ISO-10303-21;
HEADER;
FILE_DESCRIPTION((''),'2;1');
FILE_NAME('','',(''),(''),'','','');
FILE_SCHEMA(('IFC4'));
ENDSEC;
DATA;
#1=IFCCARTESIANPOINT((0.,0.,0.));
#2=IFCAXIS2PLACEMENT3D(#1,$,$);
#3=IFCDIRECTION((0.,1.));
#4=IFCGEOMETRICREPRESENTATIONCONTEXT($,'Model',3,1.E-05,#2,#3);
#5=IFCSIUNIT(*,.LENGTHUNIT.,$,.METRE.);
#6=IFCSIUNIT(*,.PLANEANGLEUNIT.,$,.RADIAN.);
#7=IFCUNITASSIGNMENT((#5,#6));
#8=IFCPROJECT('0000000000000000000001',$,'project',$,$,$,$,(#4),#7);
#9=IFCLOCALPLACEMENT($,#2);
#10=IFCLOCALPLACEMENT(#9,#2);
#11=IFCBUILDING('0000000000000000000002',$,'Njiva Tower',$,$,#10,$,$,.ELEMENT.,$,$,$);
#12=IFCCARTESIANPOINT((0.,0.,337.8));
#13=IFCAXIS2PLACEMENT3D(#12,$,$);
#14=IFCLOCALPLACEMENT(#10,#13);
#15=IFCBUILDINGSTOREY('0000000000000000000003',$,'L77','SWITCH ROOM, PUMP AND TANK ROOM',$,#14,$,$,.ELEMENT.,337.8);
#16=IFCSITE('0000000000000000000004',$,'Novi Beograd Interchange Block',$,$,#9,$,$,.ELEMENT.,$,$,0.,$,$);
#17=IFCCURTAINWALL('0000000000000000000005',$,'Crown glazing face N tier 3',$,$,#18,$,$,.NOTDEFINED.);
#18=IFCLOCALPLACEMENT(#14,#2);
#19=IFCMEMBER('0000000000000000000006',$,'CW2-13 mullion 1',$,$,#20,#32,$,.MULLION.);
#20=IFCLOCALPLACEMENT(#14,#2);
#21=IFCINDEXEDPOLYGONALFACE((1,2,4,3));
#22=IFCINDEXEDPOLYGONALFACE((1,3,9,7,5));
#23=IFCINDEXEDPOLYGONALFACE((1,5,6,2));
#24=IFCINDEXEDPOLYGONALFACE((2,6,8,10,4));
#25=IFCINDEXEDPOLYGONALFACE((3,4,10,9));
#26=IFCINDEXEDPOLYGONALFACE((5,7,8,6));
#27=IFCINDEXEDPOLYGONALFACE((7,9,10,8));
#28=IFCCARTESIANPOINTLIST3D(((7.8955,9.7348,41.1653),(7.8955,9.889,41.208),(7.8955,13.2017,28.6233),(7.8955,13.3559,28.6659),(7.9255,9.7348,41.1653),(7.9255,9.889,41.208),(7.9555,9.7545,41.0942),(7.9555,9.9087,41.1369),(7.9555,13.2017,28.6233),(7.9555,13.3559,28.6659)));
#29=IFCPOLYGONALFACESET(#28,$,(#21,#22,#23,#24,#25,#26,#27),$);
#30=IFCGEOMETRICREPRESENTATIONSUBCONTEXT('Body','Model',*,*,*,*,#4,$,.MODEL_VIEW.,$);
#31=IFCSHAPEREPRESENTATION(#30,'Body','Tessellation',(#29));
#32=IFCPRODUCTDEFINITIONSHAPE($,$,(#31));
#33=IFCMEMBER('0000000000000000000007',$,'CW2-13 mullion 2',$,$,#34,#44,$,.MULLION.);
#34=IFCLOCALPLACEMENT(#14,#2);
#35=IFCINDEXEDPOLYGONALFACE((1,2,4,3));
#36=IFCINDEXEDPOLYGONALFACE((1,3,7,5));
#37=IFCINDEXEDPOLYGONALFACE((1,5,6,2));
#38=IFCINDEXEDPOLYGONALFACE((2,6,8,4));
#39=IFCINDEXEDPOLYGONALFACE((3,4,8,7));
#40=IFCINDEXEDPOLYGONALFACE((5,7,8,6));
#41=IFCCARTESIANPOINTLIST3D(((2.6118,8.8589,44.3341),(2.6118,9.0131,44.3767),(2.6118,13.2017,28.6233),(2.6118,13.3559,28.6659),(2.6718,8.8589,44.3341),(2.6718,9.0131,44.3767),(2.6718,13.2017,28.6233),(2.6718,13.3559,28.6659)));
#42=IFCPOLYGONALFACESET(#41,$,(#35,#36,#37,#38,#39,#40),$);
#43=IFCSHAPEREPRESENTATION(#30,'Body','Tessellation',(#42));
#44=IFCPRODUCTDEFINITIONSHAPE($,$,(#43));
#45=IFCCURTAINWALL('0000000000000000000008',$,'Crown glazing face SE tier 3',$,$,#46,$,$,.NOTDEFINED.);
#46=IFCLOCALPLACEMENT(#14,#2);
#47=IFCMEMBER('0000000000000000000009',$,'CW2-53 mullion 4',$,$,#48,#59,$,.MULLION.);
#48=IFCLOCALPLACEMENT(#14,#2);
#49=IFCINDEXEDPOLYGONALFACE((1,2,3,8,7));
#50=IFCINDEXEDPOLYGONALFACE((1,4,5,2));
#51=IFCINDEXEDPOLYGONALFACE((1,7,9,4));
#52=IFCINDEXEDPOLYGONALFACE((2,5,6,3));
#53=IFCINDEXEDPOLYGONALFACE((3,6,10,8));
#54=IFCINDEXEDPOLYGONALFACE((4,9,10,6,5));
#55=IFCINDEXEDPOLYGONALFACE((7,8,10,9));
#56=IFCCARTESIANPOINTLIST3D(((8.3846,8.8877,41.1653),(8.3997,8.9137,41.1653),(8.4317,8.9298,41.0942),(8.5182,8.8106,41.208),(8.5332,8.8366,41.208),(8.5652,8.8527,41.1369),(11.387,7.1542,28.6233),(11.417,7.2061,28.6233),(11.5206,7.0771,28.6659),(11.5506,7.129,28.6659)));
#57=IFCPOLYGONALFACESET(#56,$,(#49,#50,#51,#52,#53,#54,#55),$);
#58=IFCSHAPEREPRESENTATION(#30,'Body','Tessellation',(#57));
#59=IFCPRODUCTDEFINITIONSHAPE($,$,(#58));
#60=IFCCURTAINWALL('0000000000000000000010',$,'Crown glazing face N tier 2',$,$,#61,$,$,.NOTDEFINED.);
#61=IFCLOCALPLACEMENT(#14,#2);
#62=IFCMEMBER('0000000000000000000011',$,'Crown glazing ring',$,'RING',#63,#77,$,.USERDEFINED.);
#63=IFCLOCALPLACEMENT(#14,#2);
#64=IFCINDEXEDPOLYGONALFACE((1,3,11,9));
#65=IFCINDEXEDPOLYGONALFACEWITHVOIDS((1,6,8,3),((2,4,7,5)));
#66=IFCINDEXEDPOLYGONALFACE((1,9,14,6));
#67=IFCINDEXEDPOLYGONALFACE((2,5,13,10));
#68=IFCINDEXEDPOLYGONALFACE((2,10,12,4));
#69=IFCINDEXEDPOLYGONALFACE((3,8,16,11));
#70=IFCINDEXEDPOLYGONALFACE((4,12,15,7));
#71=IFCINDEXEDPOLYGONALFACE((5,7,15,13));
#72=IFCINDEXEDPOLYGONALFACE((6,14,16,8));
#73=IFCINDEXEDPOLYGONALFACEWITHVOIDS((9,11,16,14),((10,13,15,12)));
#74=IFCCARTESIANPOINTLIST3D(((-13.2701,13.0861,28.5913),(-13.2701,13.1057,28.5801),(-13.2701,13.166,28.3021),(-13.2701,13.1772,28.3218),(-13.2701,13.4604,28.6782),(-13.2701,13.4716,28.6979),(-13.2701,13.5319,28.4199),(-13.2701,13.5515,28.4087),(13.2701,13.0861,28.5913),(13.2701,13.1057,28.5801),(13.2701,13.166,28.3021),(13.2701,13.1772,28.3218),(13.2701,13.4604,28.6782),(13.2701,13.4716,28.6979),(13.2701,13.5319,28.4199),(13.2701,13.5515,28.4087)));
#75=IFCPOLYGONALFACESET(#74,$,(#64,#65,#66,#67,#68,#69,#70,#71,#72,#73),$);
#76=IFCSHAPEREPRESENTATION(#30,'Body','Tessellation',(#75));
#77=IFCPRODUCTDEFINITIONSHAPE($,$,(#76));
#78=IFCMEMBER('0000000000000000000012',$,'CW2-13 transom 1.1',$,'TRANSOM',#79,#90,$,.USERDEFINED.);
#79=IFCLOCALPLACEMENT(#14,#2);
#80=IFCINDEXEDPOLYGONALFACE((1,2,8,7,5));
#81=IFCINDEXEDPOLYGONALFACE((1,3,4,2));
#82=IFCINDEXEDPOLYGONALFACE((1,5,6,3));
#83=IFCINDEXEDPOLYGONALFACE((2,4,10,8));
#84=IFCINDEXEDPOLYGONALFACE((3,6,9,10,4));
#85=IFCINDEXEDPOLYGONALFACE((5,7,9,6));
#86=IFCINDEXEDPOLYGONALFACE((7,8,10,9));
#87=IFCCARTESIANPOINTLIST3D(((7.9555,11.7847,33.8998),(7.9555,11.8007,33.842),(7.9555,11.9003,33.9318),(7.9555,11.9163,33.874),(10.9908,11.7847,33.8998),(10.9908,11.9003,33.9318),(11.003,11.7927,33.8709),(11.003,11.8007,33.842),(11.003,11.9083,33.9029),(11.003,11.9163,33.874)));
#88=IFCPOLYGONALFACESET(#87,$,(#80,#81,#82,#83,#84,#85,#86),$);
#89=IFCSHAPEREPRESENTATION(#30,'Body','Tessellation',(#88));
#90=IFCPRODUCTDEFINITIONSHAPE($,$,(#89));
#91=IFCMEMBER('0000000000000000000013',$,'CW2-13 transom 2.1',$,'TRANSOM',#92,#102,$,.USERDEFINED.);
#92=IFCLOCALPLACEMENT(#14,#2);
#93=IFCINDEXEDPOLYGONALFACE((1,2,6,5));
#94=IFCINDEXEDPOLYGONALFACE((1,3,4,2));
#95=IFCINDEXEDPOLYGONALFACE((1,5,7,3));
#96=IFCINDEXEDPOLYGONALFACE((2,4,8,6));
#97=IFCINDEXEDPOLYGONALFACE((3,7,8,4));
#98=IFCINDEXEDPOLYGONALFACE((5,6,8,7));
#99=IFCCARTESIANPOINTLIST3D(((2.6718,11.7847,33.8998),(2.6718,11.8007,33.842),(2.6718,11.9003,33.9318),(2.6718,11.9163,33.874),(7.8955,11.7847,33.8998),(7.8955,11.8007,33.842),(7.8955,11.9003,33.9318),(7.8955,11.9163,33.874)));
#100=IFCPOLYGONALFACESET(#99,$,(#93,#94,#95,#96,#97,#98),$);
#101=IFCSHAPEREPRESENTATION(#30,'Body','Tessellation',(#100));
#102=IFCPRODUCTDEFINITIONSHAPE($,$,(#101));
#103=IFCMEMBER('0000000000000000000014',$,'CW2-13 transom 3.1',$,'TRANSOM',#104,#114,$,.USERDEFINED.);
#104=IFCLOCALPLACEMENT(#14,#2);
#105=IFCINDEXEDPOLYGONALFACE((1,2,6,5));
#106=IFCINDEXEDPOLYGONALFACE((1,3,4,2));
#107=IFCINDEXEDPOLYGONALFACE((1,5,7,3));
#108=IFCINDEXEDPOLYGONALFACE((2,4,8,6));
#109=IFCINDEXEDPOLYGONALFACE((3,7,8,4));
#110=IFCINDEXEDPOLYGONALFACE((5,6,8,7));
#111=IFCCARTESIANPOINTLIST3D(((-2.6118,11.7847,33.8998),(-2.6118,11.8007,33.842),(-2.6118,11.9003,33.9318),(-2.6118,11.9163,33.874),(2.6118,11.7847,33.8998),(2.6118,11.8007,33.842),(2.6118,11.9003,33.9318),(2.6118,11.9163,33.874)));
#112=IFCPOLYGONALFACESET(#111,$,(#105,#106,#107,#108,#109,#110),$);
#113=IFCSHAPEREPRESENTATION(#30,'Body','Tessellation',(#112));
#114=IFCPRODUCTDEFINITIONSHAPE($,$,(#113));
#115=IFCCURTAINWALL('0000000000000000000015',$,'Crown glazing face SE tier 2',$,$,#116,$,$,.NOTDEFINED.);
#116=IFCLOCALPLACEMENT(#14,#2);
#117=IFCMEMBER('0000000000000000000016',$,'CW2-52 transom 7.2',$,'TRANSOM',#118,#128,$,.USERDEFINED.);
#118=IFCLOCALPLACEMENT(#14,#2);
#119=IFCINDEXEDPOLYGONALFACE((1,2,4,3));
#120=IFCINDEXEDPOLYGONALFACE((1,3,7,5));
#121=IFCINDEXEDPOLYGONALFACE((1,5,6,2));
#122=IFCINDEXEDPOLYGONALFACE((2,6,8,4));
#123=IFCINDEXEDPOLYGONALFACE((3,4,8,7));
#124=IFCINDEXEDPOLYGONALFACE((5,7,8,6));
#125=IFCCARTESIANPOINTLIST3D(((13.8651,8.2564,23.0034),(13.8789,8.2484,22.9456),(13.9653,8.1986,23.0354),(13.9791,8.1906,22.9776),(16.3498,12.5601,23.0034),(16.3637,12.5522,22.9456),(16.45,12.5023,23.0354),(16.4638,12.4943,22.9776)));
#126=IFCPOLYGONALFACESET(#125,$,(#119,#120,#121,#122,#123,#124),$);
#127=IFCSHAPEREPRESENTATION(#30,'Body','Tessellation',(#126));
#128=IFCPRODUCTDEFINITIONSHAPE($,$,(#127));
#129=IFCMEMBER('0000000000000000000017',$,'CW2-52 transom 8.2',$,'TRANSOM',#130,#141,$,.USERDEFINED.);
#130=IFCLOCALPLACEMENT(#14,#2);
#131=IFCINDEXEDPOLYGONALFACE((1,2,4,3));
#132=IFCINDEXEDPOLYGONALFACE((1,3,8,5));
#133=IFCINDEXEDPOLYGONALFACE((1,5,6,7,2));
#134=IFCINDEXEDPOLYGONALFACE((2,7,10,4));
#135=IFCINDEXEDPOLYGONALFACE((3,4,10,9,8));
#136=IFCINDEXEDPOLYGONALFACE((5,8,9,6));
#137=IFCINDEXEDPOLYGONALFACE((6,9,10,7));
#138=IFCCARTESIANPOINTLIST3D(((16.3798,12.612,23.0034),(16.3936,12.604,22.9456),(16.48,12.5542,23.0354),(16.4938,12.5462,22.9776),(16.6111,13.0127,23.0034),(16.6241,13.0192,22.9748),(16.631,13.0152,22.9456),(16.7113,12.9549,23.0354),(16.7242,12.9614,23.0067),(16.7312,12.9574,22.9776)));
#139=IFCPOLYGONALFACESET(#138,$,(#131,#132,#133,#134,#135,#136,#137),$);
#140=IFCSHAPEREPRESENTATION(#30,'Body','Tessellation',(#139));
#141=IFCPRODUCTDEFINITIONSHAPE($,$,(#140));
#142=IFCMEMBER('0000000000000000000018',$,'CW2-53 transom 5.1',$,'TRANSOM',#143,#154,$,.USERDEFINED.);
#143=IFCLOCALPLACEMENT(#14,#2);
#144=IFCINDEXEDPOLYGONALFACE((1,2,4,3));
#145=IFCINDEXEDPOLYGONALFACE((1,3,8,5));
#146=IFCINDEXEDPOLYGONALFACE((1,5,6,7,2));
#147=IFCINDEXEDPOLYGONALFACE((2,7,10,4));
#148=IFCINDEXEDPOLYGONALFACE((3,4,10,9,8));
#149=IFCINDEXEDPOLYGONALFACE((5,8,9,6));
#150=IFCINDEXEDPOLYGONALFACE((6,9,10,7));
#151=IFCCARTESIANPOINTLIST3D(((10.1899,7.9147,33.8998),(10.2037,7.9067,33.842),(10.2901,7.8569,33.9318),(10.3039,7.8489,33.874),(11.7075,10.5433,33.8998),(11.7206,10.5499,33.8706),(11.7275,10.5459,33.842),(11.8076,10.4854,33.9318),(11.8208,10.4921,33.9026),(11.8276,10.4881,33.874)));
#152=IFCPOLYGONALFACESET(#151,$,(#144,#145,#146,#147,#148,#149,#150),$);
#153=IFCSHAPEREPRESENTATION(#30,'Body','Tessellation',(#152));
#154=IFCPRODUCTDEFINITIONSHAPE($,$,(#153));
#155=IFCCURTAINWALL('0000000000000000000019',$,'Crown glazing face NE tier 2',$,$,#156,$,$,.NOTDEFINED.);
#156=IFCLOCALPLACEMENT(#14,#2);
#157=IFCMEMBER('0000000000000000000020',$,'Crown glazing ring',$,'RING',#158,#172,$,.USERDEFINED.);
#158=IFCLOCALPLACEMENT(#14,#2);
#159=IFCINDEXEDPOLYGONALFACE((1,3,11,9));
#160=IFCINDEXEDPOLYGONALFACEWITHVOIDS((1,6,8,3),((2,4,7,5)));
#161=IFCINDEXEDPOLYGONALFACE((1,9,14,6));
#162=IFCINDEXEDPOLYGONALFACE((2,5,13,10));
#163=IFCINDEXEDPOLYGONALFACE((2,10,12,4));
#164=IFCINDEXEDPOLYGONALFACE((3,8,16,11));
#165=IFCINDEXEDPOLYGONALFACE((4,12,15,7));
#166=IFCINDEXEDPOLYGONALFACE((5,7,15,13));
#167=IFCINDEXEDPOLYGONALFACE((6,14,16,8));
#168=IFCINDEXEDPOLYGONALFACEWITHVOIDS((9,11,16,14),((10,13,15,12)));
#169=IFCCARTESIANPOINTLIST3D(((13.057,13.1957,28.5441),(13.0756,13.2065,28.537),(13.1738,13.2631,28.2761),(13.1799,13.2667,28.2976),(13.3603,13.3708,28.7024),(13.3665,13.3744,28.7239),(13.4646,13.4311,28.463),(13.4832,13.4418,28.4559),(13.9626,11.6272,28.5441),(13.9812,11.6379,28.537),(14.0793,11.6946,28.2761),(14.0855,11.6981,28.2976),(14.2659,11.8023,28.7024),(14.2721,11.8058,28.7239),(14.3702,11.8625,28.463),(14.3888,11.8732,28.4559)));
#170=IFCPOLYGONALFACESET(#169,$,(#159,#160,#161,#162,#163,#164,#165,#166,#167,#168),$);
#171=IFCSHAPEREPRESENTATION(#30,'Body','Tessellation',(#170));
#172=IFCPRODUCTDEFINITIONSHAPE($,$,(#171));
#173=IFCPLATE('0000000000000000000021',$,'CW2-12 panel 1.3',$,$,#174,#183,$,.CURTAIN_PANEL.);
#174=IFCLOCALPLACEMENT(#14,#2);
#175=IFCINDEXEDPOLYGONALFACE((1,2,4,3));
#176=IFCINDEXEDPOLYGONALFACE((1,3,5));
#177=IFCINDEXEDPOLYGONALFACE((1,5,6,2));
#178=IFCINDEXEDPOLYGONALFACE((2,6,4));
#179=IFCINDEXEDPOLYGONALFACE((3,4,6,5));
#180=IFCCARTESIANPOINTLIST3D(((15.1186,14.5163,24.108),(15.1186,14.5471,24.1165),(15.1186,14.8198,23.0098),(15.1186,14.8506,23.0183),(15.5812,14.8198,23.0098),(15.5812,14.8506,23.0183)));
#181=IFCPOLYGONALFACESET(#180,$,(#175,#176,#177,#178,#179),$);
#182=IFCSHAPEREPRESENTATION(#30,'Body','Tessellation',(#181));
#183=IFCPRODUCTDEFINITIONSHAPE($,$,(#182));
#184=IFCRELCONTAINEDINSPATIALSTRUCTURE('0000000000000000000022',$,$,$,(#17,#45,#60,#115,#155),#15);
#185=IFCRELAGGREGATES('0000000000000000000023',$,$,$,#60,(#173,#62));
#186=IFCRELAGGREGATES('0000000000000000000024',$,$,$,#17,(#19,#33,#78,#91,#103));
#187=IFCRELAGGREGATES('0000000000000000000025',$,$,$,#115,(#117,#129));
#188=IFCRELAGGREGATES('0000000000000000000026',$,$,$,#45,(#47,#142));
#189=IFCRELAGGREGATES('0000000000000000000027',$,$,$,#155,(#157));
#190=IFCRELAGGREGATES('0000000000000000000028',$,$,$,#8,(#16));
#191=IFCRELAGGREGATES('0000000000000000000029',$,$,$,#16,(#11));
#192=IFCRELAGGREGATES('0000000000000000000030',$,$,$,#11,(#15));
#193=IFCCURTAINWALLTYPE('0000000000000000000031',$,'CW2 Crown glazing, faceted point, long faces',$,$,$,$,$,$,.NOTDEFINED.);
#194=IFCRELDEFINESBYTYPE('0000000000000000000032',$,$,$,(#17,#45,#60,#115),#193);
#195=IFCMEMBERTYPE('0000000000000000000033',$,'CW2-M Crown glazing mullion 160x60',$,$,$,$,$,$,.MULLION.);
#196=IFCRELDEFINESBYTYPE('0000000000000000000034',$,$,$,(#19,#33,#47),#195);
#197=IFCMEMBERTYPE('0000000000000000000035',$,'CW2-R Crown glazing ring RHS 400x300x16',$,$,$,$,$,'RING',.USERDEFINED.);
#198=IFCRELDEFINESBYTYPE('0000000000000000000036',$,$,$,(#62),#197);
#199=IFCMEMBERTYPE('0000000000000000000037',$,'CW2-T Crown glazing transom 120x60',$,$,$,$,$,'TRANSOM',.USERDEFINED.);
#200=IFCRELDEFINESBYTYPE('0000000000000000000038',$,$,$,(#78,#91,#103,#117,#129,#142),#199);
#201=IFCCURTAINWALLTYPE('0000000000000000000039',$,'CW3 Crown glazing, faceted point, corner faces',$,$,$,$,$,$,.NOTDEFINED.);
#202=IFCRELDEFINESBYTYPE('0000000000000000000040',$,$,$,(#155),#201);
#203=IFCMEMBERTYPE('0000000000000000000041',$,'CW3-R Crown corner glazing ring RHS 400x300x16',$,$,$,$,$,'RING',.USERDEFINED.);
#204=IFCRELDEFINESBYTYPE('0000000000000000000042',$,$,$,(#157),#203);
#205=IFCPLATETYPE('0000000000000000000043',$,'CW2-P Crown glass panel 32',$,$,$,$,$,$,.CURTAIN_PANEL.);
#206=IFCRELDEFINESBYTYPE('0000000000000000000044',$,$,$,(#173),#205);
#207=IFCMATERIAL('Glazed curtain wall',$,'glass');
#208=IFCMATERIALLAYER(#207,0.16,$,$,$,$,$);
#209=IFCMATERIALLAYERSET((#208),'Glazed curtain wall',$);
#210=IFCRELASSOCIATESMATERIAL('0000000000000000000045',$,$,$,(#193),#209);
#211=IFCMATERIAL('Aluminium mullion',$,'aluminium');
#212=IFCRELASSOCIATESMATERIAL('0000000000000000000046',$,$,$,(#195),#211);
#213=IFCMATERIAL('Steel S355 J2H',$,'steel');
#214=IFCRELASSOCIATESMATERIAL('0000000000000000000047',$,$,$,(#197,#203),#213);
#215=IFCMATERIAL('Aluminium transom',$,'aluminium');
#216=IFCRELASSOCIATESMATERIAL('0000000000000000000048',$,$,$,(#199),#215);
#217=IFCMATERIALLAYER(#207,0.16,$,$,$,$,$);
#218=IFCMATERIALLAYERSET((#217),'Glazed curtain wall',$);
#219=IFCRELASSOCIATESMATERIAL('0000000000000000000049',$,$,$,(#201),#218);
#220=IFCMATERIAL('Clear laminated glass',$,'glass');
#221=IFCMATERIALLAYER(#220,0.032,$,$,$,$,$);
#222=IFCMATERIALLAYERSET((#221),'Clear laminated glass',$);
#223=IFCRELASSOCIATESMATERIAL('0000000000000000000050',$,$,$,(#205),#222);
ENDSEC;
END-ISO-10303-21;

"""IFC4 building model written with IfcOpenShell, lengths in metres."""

from ifc_helpers import new_model, si_unit, direction, frame, origin, origin_2d, place, context, subcontext, project, spatial, polyline, rectangle, hollow_rectangle, outline, extrude, clip, halfspace, material, layer, layer_set, material_profile, profile_set, type_object, element, aggregate, save


model = new_model("IFC4")

# Units and contexts
model_context = context("Model", 3, precision=1e-05, world=origin(), true_north=direction((0.0, 1.0)))
body_context = subcontext(model_context, "Body", "Model", "MODEL_VIEW")
ifc_project = project(units=[si_unit("LENGTHUNIT", "METRE"), si_unit("PLANEANGLEUNIT", "RADIAN")], contexts=[model_context])

# Site, building, storey
site_placement = place(None, origin())
site = spatial("IfcSite", under=ifc_project, at=site_placement, Name="Novi Beograd Interchange Block", CompositionType="ELEMENT", RefElevation=0.0)
building_placement = place(site_placement, origin())
building = spatial("IfcBuilding", under=site, at=building_placement, Name="Njiva Tower", CompositionType="ELEMENT")
storey_placement = place(building_placement, frame((0.0, 0.0, 337.8)))
storey = spatial("IfcBuildingStorey", under=building, at=storey_placement, Name="L77", Description="SWITCH ROOM, PUMP AND TANK ROOM", CompositionType="ELEMENT", Elevation=337.8)

# Curtain wall, members
ifc_material_1 = material(Name="Glazed curtain wall", Category="glass")
ifc_layer_1 = layer(ifc_material_1, 0.16)
ifc_layer_set_1 = layer_set([ifc_layer_1], Name="Glazed curtain wall")
curtain_wall_type_1 = type_object("IfcCurtainWallType", Name="CW2 Crown glazing, faceted point, long faces", PredefinedType="NOTDEFINED", material=ifc_layer_set_1)
curtain_wall_1_placement = place(storey_placement, origin())
curtain_wall_1 = element("IfcCurtainWall", 1, at=curtain_wall_1_placement, inside=storey, type_object=curtain_wall_type_1, Name="Crown glazing face N tier 3", PredefinedType="NOTDEFINED")
ifc_material_2 = material(Name="Aluminium mullion", Category="aluminium")
ifc_material_profile_1 = material_profile(ifc_material_2, rectangle(XDim=0.16, YDim=0.06, at=origin_2d()), Name="RECT 160x60")
ifc_profile_set_1 = profile_set([ifc_material_profile_1], Name="Aluminium mullion")
member_type_1 = type_object("IfcMemberType", Name="CW2-M Crown glazing mullion 160x60", PredefinedType="MULLION", material=ifc_profile_set_1)
member_1_placement = place(storey_placement, frame((7.9255, 13.2788, 28.6446), z_axis=(0.0, -0.26643, 0.963854), x_axis=(0.0, 0.963854, 0.26643)))
member_1 = element("IfcMember", 2, at=member_1_placement, type_object=member_type_1, Name="CW2-13 mullion 1", PredefinedType="MULLION", context=body_context, shape_type="Clipping", body=[
    clip(clip(extrude(rectangle(XDim=0.16, YDim=0.06, at=origin_2d()), origin(), (0.0, 0.0, 1.0), 13.0124), halfspace(frame((0.08, 0.0, 0.0), z_axis=(-0.000001, 0.0, -1.0), x_axis=(0.0, -1.0, 0.0)), False)), halfspace(frame((0.08, 0.0, 13.0125), z_axis=(0.0, -0.926532, 0.376215), x_axis=(0.0, 0.376215, 0.926532)), False)),
])
member_2_placement = place(storey_placement, frame((2.6418, 13.2788, 28.6446), z_axis=(0.0, -0.26643, 0.963854), x_axis=(0.0, 0.963854, 0.26643)))
member_2 = element("IfcMember", 3, at=member_2_placement, type_object=member_type_1, Name="CW2-13 mullion 2", PredefinedType="MULLION", context=body_context, shape_type="Clipping", body=[
    clip(clip(extrude(rectangle(XDim=0.16, YDim=0.06, at=origin_2d()), origin(), (0.0, 0.0, 1.0), 16.3), halfspace(frame((0.08, 0.0, 0.0), z_axis=(-0.000001, 0.0, -1.0), x_axis=(0.0, -1.0, 0.0)), False)), halfspace(frame((0.08, 0.0, 16.3), z_axis=(0.000001, 0.0, 1.0), x_axis=(0.0, 1.0, 0.0)), False)),
])

# Curtain walls, members
curtain_wall_2_placement = place(storey_placement, origin())
curtain_wall_2 = element("IfcCurtainWall", 4, at=curtain_wall_2_placement, inside=storey, type_object=curtain_wall_type_1, Name="Crown glazing face SE tier 3", PredefinedType="NOTDEFINED")
member_3_placement = place(storey_placement, frame((11.4688, 7.1416, 28.6446), z_axis=(-0.230733, 0.133219, 0.963854), x_axis=(0.834715, -0.48194, 0.26643)))
member_3 = element("IfcMember", 5, at=member_3_placement, type_object=member_type_1, Name="CW2-53 mullion 4", PredefinedType="MULLION", context=body_context, shape_type="Clipping", body=[
    clip(clip(extrude(rectangle(XDim=0.16, YDim=0.06, at=origin_2d()), origin(), (0.0, 0.0, 1.0), 13.0124), halfspace(frame((0.08, 0.0, 0.0), z_axis=(-0.000002, 0.000004, -1.0), x_axis=(0.0, -1.0, -0.000004)), False)), halfspace(frame((0.08, 0.0, 13.0125), z_axis=(-0.000014, 0.926531, 0.376219), x_axis=(0.0, 0.376219, -0.926531)), False)),
])
curtain_wall_3_placement = place(storey_placement, origin())
curtain_wall_3 = element("IfcCurtainWall", 6, at=curtain_wall_3_placement, inside=storey, type_object=curtain_wall_type_1, Name="Crown glazing face N tier 2", PredefinedType="NOTDEFINED")
ifc_material_3 = material(Name="Steel S355 J2H", Category="steel")
ifc_material_profile_2 = material_profile(ifc_material_3, hollow_rectangle(XDim=0.3, YDim=0.4, WallThickness=0.016, at=origin_2d()), Name="BOX 400x300x16")
ifc_profile_set_2 = profile_set([ifc_material_profile_2], Name="Steel S355 J2H")
member_type_2 = type_object("IfcMemberType", Name="CW2-R Crown glazing ring RHS 400x300x16", ElementType="RING", PredefinedType="USERDEFINED", material=ifc_profile_set_2)
member_4_placement = place(storey_placement, frame((13.2701, 13.3188, 28.5), z_axis=(-1.0, 0.0, 0.0), x_axis=(0.0, -0.266428, 0.963855)))
member_4 = element("IfcMember", 7, at=member_4_placement, type_object=member_type_2, Name="Crown glazing ring", ObjectType="RING", PredefinedType="USERDEFINED", context=body_context, shape_type="SweptSolid", body=[
    extrude(hollow_rectangle(XDim=0.3, YDim=0.4, WallThickness=0.016, at=origin_2d()), origin(), (0.0, 0.0, 1.0), 26.5402),
])

# Members
ifc_material_4 = material(Name="Aluminium transom", Category="aluminium")
ifc_material_profile_3 = material_profile(ifc_material_4, rectangle(XDim=0.12, YDim=0.06, at=origin_2d()), Name="RECT 120x60")
ifc_profile_set_3 = profile_set([ifc_material_profile_3], Name="Aluminium transom")
member_type_3 = type_object("IfcMemberType", Name="CW2-T Crown glazing transom 120x60", ElementType="TRANSOM", PredefinedType="USERDEFINED", material=ifc_profile_set_3)
member_5_placement = place(storey_placement, frame((11.003, 11.8505, 33.8869), z_axis=(-1.0, 0.0, 0.0), x_axis=(0.0, 0.963855, 0.266428)))
member_5 = element("IfcMember", 8, at=member_5_placement, type_object=member_type_3, Name="CW2-13 transom 1.1", ObjectType="TRANSOM", PredefinedType="USERDEFINED", context=body_context, shape_type="Clipping", body=[
    clip(extrude(rectangle(XDim=0.12, YDim=0.06, at=origin_2d()), origin(), (0.0, 0.0, 1.0), 3.0475), halfspace(frame((0.06, 0.0, 0.0), z_axis=(0.0, -0.376215, -0.926532), x_axis=(0.0, -0.926532, 0.376215)), False)),
])
member_6_placement = place(storey_placement, frame((7.8955, 11.8505, 33.8869), z_axis=(-1.0, 0.0, 0.0), x_axis=(0.0, 0.963855, 0.266428)))
member_6 = element("IfcMember", 9, at=member_6_placement, type_object=member_type_3, Name="CW2-13 transom 2.1", ObjectType="TRANSOM", PredefinedType="USERDEFINED", context=body_context, shape_type="SweptSolid", body=[
    extrude(rectangle(XDim=0.12, YDim=0.06, at=origin_2d()), origin(), (0.0, 0.0, 1.0), 5.2237),
])
member_7_placement = place(storey_placement, frame((2.6118, 11.8505, 33.8869), z_axis=(-1.0, 0.0, 0.0), x_axis=(0.0, 0.963855, 0.266428)))
member_7 = element("IfcMember", 10, at=member_7_placement, type_object=member_type_3, Name="CW2-13 transom 3.1", ObjectType="TRANSOM", PredefinedType="USERDEFINED", context=body_context, shape_type="SweptSolid", body=[
    extrude(rectangle(XDim=0.12, YDim=0.06, at=origin_2d()), origin(), (0.0, 0.0, 1.0), 5.2236),
])

# Curtain wall, members
curtain_wall_4_placement = place(storey_placement, origin())
curtain_wall_4 = element("IfcCurtainWall", 11, at=curtain_wall_4_placement, inside=storey, type_object=curtain_wall_type_1, Name="Crown glazing face SE tier 2", PredefinedType="NOTDEFINED")
member_8_placement = place(storey_placement, frame((13.9221, 8.2235, 22.9905), z_axis=(0.499994, 0.866029, 0.0), x_axis=(0.834726, -0.481921, 0.266428)))
member_8 = element("IfcMember", 12, at=member_8_placement, type_object=member_type_3, Name="CW2-52 transom 7.2", ObjectType="TRANSOM", PredefinedType="USERDEFINED", context=body_context, shape_type="SweptSolid", body=[
    extrude(rectangle(XDim=0.12, YDim=0.06, at=origin_2d()), origin(), (0.0, 0.0, 1.0), 4.9695),
])
member_9_placement = place(storey_placement, frame((16.4368, 12.5791, 22.9905), z_axis=(0.49999, 0.866031, 0.0), x_axis=(0.834728, -0.481918, 0.266428)))
member_9 = element("IfcMember", 13, at=member_9_placement, type_object=member_type_3, Name="CW2-52 transom 8.2", ObjectType="TRANSOM", PredefinedType="USERDEFINED", context=body_context, shape_type="Clipping", body=[
    clip(extrude(rectangle(XDim=0.12, YDim=0.06, at=origin_2d()), origin(), (0.0, 0.0, 1.0), 0.4748), halfspace(frame((0.06, 0.0, 0.4749), z_axis=(0.00001, -0.376212, 0.926534), x_axis=(0.0, 0.926534, 0.376212)), False)),
])

# Member
member_10_placement = place(storey_placement, frame((10.2469, 7.8818, 33.8869), z_axis=(0.499989, 0.866031, 0.0), x_axis=(0.834729, -0.481917, 0.266428)))
member_10 = element("IfcMember", 14, at=member_10_placement, type_object=member_type_3, Name="CW2-53 transom 5.1", ObjectType="TRANSOM", PredefinedType="USERDEFINED", context=body_context, shape_type="Clipping", body=[
    clip(extrude(rectangle(XDim=0.12, YDim=0.06, at=origin_2d()), origin(), (0.0, 0.0, 1.0), 3.0475), halfspace(frame((0.06, 0.0001, 3.0474), z_axis=(0.000011, -0.376212, 0.926534), x_axis=(0.0, 0.926534, 0.376212)), False)),
])

# Curtain wall, member
ifc_layer_2 = layer(ifc_material_1, 0.16)
ifc_layer_set_2 = layer_set([ifc_layer_2], Name="Glazed curtain wall")
curtain_wall_type_2 = type_object("IfcCurtainWallType", Name="CW3 Crown glazing, faceted point, corner faces", PredefinedType="NOTDEFINED", material=ifc_layer_set_2)
curtain_wall_5_placement = place(storey_placement, origin())
curtain_wall_5 = element("IfcCurtainWall", 15, at=curtain_wall_5_placement, inside=storey, type_object=curtain_wall_type_2, Name="Crown glazing face NE tier 2", PredefinedType="NOTDEFINED")
ifc_material_profile_4 = material_profile(ifc_material_3, hollow_rectangle(XDim=0.3, YDim=0.4, WallThickness=0.016, at=origin_2d()), Name="BOX 400x300x16")
ifc_profile_set_4 = profile_set([ifc_material_profile_4], Name="Steel S355 J2H")
member_type_4 = type_object("IfcMemberType", Name="CW3-R Crown corner glazing ring RHS 400x300x16", ElementType="RING", PredefinedType="USERDEFINED", material=ifc_profile_set_4)
member_11_placement = place(storey_placement, frame((14.1757, 11.7502, 28.5), z_axis=(-0.499987, 0.866033, 0.0), x_axis=(-0.389184, -0.224688, 0.893337)))
member_11 = element("IfcMember", 16, at=member_11_placement, type_object=member_type_4, Name="Crown glazing ring", ObjectType="RING", PredefinedType="USERDEFINED", context=body_context, shape_type="SweptSolid", body=[
    extrude(hollow_rectangle(XDim=0.3, YDim=0.4, WallThickness=0.016, at=origin_2d()), origin(), (0.0, 0.0, 1.0), 1.8112),
])

# Plate
ifc_material_5 = material(Name="Clear laminated glass", Category="glass")
ifc_layer_3 = layer(ifc_material_5, 0.032)
ifc_layer_set_3 = layer_set([ifc_layer_3], Name="Clear laminated glass")
plate_type_1 = type_object("IfcPlateType", Name="CW2-P Crown glass panel 32", PredefinedType="CURTAIN_PANEL", material=ifc_layer_set_3)
plate_1_placement = place(storey_placement, frame((15.5812, 14.8506, 23.0183), z_axis=(0.0, 0.963869, 0.266376), x_axis=(-1.0, 0.0, 0.0)))
plate_1 = element("IfcPlate", 17, at=plate_1_placement, type_object=plate_type_1, Name="CW2-12 panel 1.3", PredefinedType="CURTAIN_PANEL", context=body_context, shape_type="SweptSolid", body=[
    extrude(outline(polyline([(0.0, 0.0), (0.4626, 0.0), (0.4626, 1.1394), (0.0, 0.0)])), origin(), (0.0, 0.0, -1.0), 0.032),
])
aggregate(curtain_wall_3, [plate_1, member_4])
aggregate(curtain_wall_1, [member_1, member_2, member_5, member_6, member_7])
aggregate(curtain_wall_4, [member_8, member_9])
aggregate(curtain_wall_2, [member_3, member_10])
aggregate(curtain_wall_5, [member_11])

save(model, "model.ifc")
